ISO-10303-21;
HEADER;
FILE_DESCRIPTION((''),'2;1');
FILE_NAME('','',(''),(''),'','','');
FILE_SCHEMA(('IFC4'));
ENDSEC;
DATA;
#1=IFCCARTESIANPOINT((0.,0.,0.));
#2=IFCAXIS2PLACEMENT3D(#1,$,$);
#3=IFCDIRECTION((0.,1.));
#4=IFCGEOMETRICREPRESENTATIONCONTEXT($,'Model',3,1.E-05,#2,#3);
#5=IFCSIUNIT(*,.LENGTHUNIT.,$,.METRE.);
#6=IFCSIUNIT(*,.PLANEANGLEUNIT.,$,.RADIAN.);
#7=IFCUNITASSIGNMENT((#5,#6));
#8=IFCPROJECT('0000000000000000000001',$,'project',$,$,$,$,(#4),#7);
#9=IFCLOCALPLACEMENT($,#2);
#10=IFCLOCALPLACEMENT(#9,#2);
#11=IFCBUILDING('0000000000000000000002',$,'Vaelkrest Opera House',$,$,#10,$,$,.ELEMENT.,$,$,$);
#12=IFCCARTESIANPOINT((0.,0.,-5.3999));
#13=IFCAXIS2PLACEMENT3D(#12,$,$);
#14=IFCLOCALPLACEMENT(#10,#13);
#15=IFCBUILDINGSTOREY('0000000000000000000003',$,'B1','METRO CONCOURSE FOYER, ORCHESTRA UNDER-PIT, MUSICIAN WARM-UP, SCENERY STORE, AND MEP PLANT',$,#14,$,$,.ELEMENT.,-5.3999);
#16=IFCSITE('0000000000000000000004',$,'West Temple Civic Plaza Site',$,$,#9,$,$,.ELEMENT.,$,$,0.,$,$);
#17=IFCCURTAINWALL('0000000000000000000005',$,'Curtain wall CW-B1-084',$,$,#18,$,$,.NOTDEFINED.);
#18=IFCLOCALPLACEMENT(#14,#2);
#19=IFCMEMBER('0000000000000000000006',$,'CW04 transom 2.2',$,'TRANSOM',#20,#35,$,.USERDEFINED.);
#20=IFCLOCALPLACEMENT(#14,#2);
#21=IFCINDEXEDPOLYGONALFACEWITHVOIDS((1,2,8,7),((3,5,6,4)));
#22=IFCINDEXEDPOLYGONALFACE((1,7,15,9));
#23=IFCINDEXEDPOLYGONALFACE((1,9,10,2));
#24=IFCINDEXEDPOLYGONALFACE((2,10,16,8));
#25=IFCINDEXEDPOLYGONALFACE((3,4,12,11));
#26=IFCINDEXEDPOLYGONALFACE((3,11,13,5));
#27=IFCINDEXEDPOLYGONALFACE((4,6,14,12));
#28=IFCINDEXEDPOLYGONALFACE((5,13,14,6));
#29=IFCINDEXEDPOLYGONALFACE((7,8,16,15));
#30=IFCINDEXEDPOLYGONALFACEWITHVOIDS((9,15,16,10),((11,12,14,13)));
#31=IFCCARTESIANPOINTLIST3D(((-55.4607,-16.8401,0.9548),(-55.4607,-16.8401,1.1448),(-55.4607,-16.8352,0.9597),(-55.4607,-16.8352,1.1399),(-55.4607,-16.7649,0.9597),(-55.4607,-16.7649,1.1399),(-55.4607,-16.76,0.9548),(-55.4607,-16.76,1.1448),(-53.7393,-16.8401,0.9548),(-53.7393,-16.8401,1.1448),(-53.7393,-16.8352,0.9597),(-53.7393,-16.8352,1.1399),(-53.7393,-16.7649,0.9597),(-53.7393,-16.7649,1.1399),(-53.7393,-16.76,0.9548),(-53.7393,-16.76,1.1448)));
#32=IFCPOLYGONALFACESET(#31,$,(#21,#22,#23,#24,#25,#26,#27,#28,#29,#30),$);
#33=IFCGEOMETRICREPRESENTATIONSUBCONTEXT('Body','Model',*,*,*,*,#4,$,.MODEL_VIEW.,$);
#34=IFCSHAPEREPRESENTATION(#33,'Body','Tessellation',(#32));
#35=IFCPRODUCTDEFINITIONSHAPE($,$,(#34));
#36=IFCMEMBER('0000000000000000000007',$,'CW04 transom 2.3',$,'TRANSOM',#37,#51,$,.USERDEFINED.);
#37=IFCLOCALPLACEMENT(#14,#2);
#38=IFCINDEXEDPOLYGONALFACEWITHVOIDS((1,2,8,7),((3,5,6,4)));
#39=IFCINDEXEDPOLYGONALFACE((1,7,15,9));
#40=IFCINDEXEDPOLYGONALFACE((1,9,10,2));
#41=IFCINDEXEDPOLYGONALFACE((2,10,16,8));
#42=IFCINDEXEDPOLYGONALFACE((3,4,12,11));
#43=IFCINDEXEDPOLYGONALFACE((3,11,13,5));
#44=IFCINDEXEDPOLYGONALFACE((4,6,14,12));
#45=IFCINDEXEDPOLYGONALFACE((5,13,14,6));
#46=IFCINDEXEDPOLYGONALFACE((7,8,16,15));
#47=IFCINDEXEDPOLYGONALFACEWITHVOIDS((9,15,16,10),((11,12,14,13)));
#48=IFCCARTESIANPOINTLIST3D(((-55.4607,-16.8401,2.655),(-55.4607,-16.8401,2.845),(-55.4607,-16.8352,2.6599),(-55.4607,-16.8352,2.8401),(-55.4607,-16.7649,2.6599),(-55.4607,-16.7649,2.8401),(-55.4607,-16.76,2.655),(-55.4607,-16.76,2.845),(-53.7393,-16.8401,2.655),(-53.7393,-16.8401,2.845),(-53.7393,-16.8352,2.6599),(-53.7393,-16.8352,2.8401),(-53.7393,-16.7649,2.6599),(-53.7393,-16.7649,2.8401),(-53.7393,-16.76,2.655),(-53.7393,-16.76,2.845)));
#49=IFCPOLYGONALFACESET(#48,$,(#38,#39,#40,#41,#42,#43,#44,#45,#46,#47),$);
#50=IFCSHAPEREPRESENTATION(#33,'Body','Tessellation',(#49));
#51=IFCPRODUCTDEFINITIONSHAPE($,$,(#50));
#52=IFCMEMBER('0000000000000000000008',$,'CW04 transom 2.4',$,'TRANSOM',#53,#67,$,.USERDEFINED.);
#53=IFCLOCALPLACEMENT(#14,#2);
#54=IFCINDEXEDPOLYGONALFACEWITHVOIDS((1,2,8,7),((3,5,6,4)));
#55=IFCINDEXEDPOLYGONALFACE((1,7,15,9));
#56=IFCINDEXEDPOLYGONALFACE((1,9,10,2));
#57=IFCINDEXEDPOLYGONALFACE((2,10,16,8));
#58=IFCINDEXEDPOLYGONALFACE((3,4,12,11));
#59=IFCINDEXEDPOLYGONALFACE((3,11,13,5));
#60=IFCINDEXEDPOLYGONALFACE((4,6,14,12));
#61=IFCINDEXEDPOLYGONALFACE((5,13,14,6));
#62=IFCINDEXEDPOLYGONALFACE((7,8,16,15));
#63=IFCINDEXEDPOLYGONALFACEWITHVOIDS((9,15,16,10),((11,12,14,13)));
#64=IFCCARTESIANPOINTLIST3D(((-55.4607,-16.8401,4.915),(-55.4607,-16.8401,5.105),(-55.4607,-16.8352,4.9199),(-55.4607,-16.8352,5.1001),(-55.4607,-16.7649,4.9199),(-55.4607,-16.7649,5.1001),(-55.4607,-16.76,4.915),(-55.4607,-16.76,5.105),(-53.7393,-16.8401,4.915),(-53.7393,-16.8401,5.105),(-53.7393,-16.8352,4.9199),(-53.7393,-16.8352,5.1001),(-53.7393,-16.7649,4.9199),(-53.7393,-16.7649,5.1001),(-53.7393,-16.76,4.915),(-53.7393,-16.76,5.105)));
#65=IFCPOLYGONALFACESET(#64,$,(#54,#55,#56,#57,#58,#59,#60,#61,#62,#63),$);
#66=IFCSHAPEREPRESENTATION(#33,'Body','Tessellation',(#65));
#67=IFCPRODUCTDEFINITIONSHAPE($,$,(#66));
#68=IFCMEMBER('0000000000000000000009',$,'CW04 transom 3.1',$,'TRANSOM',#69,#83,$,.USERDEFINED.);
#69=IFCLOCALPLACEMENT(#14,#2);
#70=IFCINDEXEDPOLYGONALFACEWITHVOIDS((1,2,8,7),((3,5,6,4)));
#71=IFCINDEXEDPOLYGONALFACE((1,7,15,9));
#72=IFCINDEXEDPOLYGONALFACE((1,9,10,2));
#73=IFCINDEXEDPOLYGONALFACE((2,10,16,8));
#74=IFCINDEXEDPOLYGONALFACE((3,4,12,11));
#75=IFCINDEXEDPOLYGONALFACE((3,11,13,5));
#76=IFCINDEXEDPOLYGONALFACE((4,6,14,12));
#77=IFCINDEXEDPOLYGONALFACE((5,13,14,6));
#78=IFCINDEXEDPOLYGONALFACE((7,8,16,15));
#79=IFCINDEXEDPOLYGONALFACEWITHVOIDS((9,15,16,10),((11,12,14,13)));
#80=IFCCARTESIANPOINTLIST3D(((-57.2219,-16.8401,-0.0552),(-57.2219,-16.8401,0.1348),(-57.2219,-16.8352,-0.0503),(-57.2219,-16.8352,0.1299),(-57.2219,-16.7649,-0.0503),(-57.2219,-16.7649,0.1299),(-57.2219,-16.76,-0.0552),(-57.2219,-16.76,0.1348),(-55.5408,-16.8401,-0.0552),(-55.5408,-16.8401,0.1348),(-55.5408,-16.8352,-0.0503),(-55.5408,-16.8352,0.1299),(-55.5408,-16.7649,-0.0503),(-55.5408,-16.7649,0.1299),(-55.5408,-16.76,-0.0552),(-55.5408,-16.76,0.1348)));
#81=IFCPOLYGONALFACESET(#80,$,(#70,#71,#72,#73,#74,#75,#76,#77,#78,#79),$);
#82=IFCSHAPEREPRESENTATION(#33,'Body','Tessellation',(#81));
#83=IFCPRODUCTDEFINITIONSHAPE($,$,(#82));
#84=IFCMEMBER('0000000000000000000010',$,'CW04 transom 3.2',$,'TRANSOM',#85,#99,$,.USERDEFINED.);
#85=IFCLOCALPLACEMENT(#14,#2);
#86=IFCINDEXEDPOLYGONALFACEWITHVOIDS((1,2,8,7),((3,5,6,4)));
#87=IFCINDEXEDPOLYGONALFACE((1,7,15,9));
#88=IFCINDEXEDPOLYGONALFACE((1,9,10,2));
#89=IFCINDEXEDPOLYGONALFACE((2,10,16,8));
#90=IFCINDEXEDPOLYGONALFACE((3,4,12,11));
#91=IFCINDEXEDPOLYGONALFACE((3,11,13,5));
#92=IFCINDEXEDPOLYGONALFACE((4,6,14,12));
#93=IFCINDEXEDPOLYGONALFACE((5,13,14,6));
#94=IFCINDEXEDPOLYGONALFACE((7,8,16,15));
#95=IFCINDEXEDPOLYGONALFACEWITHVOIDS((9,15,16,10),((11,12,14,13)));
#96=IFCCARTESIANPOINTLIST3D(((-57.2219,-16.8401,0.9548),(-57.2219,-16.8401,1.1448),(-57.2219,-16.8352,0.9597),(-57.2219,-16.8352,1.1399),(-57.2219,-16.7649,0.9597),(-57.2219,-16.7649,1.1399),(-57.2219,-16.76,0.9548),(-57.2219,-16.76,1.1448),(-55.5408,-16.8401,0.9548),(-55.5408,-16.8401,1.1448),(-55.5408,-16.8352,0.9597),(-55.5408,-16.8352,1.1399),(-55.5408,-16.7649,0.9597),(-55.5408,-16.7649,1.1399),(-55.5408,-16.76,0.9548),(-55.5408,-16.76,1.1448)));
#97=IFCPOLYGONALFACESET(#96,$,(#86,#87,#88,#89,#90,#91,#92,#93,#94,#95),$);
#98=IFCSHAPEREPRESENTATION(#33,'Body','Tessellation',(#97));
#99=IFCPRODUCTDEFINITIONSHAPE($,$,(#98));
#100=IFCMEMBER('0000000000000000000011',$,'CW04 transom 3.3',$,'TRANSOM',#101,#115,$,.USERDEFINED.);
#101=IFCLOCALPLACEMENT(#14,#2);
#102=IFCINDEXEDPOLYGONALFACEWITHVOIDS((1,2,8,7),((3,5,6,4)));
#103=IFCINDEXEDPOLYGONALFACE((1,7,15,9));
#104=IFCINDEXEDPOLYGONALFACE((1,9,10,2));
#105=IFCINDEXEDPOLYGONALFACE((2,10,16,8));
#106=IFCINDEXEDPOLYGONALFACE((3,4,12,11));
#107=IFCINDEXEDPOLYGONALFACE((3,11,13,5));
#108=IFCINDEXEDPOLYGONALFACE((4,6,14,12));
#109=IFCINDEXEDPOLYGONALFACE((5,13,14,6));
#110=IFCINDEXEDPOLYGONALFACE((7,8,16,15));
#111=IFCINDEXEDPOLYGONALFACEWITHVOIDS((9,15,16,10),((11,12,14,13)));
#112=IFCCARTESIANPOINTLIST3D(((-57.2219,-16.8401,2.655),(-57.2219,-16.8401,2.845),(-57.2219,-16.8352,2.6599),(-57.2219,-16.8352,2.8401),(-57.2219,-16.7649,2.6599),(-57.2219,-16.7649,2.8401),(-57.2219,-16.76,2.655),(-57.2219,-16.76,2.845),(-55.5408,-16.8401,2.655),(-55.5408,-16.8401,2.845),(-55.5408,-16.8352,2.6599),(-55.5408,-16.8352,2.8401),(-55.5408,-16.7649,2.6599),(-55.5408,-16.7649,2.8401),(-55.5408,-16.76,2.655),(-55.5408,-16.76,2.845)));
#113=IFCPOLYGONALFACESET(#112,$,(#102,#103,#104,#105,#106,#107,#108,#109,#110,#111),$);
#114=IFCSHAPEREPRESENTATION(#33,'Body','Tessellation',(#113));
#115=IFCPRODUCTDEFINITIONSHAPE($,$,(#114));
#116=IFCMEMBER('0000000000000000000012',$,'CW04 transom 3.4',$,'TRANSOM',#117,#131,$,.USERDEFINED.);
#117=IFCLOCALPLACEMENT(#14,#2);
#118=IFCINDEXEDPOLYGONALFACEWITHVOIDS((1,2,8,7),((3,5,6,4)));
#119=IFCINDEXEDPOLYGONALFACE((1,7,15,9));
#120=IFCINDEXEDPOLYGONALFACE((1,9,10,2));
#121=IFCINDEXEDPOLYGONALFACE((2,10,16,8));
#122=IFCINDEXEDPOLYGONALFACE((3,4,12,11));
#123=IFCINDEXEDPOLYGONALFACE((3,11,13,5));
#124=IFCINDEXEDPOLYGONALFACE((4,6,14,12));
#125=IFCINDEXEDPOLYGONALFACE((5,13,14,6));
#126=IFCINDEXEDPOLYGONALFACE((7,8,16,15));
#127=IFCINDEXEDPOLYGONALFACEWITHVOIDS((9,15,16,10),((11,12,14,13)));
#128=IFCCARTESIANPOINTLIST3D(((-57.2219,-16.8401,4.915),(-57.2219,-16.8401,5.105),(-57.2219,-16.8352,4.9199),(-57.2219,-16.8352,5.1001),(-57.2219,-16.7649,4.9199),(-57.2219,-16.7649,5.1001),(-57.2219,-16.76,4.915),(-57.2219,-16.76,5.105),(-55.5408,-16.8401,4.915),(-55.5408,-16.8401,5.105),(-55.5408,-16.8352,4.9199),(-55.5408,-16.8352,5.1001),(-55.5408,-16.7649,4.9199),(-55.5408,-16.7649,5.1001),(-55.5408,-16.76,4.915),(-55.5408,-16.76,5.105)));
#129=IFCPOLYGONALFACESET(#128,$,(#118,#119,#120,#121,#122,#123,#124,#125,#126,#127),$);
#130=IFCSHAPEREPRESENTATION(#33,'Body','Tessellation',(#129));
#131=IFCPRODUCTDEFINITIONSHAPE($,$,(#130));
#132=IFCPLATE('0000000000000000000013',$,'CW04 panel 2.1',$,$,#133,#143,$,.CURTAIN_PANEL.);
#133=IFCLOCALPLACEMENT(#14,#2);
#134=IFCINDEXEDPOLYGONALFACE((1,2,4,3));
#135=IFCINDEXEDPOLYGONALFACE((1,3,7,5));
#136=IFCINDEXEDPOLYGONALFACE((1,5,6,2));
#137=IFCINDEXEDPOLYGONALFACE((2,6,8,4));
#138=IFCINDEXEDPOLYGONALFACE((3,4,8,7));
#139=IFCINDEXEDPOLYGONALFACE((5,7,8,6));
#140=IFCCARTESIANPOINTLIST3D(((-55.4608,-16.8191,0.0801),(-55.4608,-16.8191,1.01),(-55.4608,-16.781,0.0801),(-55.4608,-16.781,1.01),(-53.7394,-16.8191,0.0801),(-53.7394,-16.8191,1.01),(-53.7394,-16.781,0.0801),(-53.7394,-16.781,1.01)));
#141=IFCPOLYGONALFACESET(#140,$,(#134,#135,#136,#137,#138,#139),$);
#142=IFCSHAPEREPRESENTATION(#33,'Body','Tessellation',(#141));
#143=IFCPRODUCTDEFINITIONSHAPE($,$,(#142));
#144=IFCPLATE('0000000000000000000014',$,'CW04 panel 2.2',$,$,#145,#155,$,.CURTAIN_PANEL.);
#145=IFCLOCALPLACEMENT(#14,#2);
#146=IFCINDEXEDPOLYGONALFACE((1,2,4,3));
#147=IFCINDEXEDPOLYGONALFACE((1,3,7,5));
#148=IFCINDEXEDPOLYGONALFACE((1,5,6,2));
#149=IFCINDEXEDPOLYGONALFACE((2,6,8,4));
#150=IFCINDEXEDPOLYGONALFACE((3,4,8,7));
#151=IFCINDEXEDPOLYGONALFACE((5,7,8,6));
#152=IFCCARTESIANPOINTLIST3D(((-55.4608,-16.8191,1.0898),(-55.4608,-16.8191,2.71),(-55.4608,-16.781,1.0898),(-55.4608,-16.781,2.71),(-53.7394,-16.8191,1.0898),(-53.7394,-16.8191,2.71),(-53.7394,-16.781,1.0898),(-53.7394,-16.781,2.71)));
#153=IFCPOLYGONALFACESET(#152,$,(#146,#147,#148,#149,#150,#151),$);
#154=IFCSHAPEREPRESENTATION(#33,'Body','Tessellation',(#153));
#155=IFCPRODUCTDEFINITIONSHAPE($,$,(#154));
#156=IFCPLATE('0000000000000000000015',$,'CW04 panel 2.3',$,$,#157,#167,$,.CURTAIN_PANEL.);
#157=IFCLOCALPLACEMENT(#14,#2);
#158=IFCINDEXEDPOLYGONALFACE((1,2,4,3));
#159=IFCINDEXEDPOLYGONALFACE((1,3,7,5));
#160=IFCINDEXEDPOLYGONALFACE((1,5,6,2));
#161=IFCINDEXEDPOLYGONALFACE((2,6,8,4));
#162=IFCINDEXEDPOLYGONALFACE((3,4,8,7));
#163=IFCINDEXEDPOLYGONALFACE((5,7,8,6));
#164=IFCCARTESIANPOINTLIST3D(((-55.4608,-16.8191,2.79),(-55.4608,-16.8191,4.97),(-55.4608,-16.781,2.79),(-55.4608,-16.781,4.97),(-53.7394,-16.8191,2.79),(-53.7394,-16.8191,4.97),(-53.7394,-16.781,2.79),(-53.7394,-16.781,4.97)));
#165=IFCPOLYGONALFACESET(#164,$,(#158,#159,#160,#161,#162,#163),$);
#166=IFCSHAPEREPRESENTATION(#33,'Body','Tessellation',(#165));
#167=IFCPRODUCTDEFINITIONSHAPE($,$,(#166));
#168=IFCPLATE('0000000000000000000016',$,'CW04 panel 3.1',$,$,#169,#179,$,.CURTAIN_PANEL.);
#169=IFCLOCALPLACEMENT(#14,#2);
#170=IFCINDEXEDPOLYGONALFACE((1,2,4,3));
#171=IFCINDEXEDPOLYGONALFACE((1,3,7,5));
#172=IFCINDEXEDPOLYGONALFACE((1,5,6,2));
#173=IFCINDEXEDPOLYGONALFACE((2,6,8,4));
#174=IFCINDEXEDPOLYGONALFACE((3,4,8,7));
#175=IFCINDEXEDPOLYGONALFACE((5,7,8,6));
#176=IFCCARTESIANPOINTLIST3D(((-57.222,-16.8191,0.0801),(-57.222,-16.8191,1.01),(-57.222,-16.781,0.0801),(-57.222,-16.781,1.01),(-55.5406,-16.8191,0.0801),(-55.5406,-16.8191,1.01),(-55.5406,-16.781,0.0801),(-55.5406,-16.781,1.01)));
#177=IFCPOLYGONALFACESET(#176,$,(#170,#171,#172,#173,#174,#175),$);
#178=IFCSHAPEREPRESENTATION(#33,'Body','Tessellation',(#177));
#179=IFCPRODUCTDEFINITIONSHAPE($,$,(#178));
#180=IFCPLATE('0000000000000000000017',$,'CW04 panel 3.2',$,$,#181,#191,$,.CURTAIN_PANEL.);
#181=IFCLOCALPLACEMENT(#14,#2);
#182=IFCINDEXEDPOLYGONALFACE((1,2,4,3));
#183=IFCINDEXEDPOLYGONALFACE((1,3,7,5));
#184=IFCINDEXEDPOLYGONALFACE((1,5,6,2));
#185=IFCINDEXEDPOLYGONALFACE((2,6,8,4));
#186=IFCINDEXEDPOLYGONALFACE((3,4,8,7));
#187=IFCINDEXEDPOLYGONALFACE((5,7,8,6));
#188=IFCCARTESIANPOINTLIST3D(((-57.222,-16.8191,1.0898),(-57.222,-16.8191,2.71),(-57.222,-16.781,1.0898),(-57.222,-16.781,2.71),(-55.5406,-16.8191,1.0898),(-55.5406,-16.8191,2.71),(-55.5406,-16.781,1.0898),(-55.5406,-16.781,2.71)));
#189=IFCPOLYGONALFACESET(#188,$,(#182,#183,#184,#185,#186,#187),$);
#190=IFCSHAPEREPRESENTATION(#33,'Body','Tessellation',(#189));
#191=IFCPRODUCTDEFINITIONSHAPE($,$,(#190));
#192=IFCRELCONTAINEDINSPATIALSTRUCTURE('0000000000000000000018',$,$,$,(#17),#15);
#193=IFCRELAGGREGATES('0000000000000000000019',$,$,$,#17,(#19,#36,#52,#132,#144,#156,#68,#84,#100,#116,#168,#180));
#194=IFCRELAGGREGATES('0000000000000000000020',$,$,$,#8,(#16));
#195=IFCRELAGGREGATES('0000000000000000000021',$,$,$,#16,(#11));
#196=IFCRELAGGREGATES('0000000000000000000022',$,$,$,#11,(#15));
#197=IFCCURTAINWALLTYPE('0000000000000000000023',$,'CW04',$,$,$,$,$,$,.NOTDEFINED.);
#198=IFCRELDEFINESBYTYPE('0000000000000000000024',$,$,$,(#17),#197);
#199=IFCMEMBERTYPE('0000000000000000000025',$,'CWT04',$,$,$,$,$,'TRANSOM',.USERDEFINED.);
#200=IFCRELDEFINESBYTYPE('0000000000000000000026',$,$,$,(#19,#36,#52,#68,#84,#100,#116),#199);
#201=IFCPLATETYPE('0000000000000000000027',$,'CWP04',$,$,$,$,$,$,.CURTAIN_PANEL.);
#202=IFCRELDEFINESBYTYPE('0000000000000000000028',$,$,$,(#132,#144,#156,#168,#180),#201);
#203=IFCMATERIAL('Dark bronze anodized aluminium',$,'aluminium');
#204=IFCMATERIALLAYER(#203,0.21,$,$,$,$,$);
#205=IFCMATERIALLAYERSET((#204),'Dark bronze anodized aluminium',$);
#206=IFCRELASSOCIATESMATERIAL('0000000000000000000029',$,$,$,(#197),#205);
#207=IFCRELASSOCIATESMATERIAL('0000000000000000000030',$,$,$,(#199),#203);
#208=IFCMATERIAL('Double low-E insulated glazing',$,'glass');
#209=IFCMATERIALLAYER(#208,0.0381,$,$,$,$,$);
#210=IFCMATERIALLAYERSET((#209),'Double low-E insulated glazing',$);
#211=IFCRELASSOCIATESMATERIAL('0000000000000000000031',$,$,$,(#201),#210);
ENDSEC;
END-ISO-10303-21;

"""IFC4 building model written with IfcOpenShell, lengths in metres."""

from ifc_helpers import new_model, si_unit, direction, frame, origin, origin_2d, place, context, subcontext, project, spatial, rectangle, hollow_rectangle, extrude, material, layer, layer_set, material_profile, profile_set, type_object, element, aggregate, save


model = new_model("IFC4")

# Units and contexts
model_context = context("Model", 3, precision=1e-05, world=origin(), true_north=direction((0.0, 1.0)))
body_context = subcontext(model_context, "Body", "Model", "MODEL_VIEW")
ifc_project = project(units=[si_unit("LENGTHUNIT", "METRE"), si_unit("PLANEANGLEUNIT", "RADIAN")], contexts=[model_context])

# Site, building, storey
site_placement = place(None, origin())
site = spatial("IfcSite", under=ifc_project, at=site_placement, Name="West Temple Civic Plaza Site", CompositionType="ELEMENT", RefElevation=0.0)
building_placement = place(site_placement, origin())
building = spatial("IfcBuilding", under=site, at=building_placement, Name="Vaelkrest Opera House", CompositionType="ELEMENT")
storey_placement = place(building_placement, frame((0.0, 0.0, -5.3999)))
storey = spatial("IfcBuildingStorey", under=building, at=storey_placement, Name="B1", Description="METRO CONCOURSE FOYER, ORCHESTRA UNDER-PIT, MUSICIAN WARM-UP, SCENERY STORE, AND MEP PLANT", CompositionType="ELEMENT", Elevation=-5.3999)

# Shared definitions
ifc_material_1 = material(Name="Dark bronze anodized aluminium", Category="aluminium")

# Curtain wall
ifc_layer_1 = layer(ifc_material_1, 0.21)
ifc_layer_set_1 = layer_set([ifc_layer_1], Name="Dark bronze anodized aluminium")
curtain_wall_type_1 = type_object("IfcCurtainWallType", Name="CW04", PredefinedType="NOTDEFINED", material=ifc_layer_set_1)
curtain_wall_1_placement = place(storey_placement, origin())
curtain_wall_1 = element("IfcCurtainWall", 1, at=curtain_wall_1_placement, inside=storey, type_object=curtain_wall_type_1, Name="Curtain wall CW-B1-084", PredefinedType="NOTDEFINED")

# Members
ifc_material_profile_1 = material_profile(ifc_material_1, hollow_rectangle(XDim=0.0801, YDim=0.1899, WallThickness=0.0049, at=origin_2d()), Name="CWT80X190")
ifc_profile_set_1 = profile_set([ifc_material_profile_1], Name="Dark bronze anodized aluminium")
member_type_1 = type_object("IfcMemberType", Name="CWT04", ElementType="TRANSOM", PredefinedType="USERDEFINED", material=ifc_profile_set_1)
member_1_placement = place(storey_placement, frame((-53.7393, -16.8, 1.0498), z_axis=(-1.0, 0.0, 0.0), x_axis=(0.0, -1.0, 0.0)))
member_1 = element("IfcMember", 2, at=member_1_placement, type_object=member_type_1, Name="CW04 transom 2.2", ObjectType="TRANSOM", PredefinedType="USERDEFINED", context=body_context, shape_type="SweptSolid", body=[
    extrude(hollow_rectangle(XDim=0.0801, YDim=0.1899, WallThickness=0.0049, at=origin_2d()), origin(), (0.0, 0.0, 1.0), 1.7214),
])
member_2_placement = place(storey_placement, frame((-53.7393, -16.8, 2.75), z_axis=(-1.0, 0.0, 0.0), x_axis=(0.0, -1.0, 0.0)))
member_2 = element("IfcMember", 3, at=member_2_placement, type_object=member_type_1, Name="CW04 transom 2.3", ObjectType="TRANSOM", PredefinedType="USERDEFINED", context=body_context, shape_type="SweptSolid", body=[
    extrude(hollow_rectangle(XDim=0.0801, YDim=0.1899, WallThickness=0.0049, at=origin_2d()), origin(), (0.0, 0.0, 1.0), 1.7214),
])
member_3_placement = place(storey_placement, frame((-53.7393, -16.8, 5.01), z_axis=(-1.0, 0.0, 0.0), x_axis=(0.0, -1.0, 0.0)))
member_3 = element("IfcMember", 4, at=member_3_placement, type_object=member_type_1, Name="CW04 transom 2.4", ObjectType="TRANSOM", PredefinedType="USERDEFINED", context=body_context, shape_type="SweptSolid", body=[
    extrude(hollow_rectangle(XDim=0.0801, YDim=0.1899, WallThickness=0.0049, at=origin_2d()), origin(), (0.0, 0.0, 1.0), 1.7214),
])
member_4_placement = place(storey_placement, frame((-55.5408, -16.8, 0.0398), z_axis=(-1.0, 0.0, 0.0), x_axis=(0.0, -1.0, 0.0)))
member_4 = element("IfcMember", 5, at=member_4_placement, type_object=member_type_1, Name="CW04 transom 3.1", ObjectType="TRANSOM", PredefinedType="USERDEFINED", context=body_context, shape_type="SweptSolid", body=[
    extrude(hollow_rectangle(XDim=0.0801, YDim=0.1899, WallThickness=0.0049, at=origin_2d()), origin(), (0.0, 0.0, 1.0), 1.6812),
])
member_5_placement = place(storey_placement, frame((-55.5408, -16.8, 1.0498), z_axis=(-1.0, 0.0, 0.0), x_axis=(0.0, -1.0, 0.0)))
member_5 = element("IfcMember", 6, at=member_5_placement, type_object=member_type_1, Name="CW04 transom 3.2", ObjectType="TRANSOM", PredefinedType="USERDEFINED", context=body_context, shape_type="SweptSolid", body=[
    extrude(hollow_rectangle(XDim=0.0801, YDim=0.1899, WallThickness=0.0049, at=origin_2d()), origin(), (0.0, 0.0, 1.0), 1.6812),
])
member_6_placement = place(storey_placement, frame((-55.5408, -16.8, 2.75), z_axis=(-1.0, 0.0, 0.0), x_axis=(0.0, -1.0, 0.0)))
member_6 = element("IfcMember", 7, at=member_6_placement, type_object=member_type_1, Name="CW04 transom 3.3", ObjectType="TRANSOM", PredefinedType="USERDEFINED", context=body_context, shape_type="SweptSolid", body=[
    extrude(hollow_rectangle(XDim=0.0801, YDim=0.1899, WallThickness=0.0049, at=origin_2d()), origin(), (0.0, 0.0, 1.0), 1.6812),
])
member_7_placement = place(storey_placement, frame((-55.5408, -16.8, 5.01), z_axis=(-1.0, 0.0, 0.0), x_axis=(0.0, -1.0, 0.0)))
member_7 = element("IfcMember", 8, at=member_7_placement, type_object=member_type_1, Name="CW04 transom 3.4", ObjectType="TRANSOM", PredefinedType="USERDEFINED", context=body_context, shape_type="SweptSolid", body=[
    extrude(hollow_rectangle(XDim=0.0801, YDim=0.1899, WallThickness=0.0049, at=origin_2d()), origin(), (0.0, 0.0, 1.0), 1.6812),
])

# Plates
ifc_material_2 = material(Name="Double low-E insulated glazing", Category="glass")
ifc_layer_2 = layer(ifc_material_2, 0.0381)
ifc_layer_set_2 = layer_set([ifc_layer_2], Name="Double low-E insulated glazing")
plate_type = type_object("IfcPlateType", Name="CWP04", PredefinedType="CURTAIN_PANEL", material=ifc_layer_set_2)
plate_1_placement = place(storey_placement, frame((-54.6001, -16.8, 0.0801), z_axis=(0.0, 0.0, 1.0), x_axis=(-1.0, 0.0, 0.0)))
plate_1 = element("IfcPlate", 9, at=plate_1_placement, type_object=plate_type, Name="CW04 panel 2.1", PredefinedType="CURTAIN_PANEL", context=body_context, shape_type="SweptSolid", body=[
    extrude(rectangle(XDim=1.7214, YDim=0.0381, at=origin_2d()), origin(), (0.0, 0.0, 1.0), 0.9299),
])
plate_2_placement = place(storey_placement, frame((-54.6001, -16.8, 1.0898), z_axis=(0.0, 0.0, 1.0), x_axis=(-1.0, 0.0, 0.0)))
plate_2 = element("IfcPlate", 10, at=plate_2_placement, type_object=plate_type, Name="CW04 panel 2.2", PredefinedType="CURTAIN_PANEL", context=body_context, shape_type="SweptSolid", body=[
    extrude(rectangle(XDim=1.7214, YDim=0.0381, at=origin_2d()), origin(), (0.0, 0.0, 1.0), 1.6201),
])
plate_3_placement = place(storey_placement, frame((-54.6001, -16.8, 2.79), z_axis=(0.0, 0.0, 1.0), x_axis=(-1.0, 0.0, 0.0)))
plate_3 = element("IfcPlate", 11, at=plate_3_placement, type_object=plate_type, Name="CW04 panel 2.3", PredefinedType="CURTAIN_PANEL", context=body_context, shape_type="SweptSolid", body=[
    extrude(rectangle(XDim=1.7214, YDim=0.0381, at=origin_2d()), origin(), (0.0, 0.0, 1.0), 2.1799),
])
plate_4_placement = place(storey_placement, frame((-56.3813, -16.8, 0.0801), z_axis=(0.0, 0.0, 1.0), x_axis=(-1.0, 0.0, 0.0)))
plate_4 = element("IfcPlate", 12, at=plate_4_placement, type_object=plate_type, Name="CW04 panel 3.1", PredefinedType="CURTAIN_PANEL", context=body_context, shape_type="SweptSolid", body=[
    extrude(rectangle(XDim=1.6814, YDim=0.0381, at=origin_2d()), origin(), (0.0, 0.0, 1.0), 0.9299),
])
plate_5_placement = place(storey_placement, frame((-56.3813, -16.8, 1.0898), z_axis=(0.0, 0.0, 1.0), x_axis=(-1.0, 0.0, 0.0)))
plate_5 = element("IfcPlate", 13, at=plate_5_placement, type_object=plate_type, Name="CW04 panel 3.2", PredefinedType="CURTAIN_PANEL", context=body_context, shape_type="SweptSolid", body=[
    extrude(rectangle(XDim=1.6814, YDim=0.0381, at=origin_2d()), origin(), (0.0, 0.0, 1.0), 1.6201),
])
aggregate(curtain_wall_1, [member_1, member_2, member_3, plate_1, plate_2, plate_3, member_4, member_5, member_6, member_7, plate_4, plate_5])

save(model, "model.ifc")
